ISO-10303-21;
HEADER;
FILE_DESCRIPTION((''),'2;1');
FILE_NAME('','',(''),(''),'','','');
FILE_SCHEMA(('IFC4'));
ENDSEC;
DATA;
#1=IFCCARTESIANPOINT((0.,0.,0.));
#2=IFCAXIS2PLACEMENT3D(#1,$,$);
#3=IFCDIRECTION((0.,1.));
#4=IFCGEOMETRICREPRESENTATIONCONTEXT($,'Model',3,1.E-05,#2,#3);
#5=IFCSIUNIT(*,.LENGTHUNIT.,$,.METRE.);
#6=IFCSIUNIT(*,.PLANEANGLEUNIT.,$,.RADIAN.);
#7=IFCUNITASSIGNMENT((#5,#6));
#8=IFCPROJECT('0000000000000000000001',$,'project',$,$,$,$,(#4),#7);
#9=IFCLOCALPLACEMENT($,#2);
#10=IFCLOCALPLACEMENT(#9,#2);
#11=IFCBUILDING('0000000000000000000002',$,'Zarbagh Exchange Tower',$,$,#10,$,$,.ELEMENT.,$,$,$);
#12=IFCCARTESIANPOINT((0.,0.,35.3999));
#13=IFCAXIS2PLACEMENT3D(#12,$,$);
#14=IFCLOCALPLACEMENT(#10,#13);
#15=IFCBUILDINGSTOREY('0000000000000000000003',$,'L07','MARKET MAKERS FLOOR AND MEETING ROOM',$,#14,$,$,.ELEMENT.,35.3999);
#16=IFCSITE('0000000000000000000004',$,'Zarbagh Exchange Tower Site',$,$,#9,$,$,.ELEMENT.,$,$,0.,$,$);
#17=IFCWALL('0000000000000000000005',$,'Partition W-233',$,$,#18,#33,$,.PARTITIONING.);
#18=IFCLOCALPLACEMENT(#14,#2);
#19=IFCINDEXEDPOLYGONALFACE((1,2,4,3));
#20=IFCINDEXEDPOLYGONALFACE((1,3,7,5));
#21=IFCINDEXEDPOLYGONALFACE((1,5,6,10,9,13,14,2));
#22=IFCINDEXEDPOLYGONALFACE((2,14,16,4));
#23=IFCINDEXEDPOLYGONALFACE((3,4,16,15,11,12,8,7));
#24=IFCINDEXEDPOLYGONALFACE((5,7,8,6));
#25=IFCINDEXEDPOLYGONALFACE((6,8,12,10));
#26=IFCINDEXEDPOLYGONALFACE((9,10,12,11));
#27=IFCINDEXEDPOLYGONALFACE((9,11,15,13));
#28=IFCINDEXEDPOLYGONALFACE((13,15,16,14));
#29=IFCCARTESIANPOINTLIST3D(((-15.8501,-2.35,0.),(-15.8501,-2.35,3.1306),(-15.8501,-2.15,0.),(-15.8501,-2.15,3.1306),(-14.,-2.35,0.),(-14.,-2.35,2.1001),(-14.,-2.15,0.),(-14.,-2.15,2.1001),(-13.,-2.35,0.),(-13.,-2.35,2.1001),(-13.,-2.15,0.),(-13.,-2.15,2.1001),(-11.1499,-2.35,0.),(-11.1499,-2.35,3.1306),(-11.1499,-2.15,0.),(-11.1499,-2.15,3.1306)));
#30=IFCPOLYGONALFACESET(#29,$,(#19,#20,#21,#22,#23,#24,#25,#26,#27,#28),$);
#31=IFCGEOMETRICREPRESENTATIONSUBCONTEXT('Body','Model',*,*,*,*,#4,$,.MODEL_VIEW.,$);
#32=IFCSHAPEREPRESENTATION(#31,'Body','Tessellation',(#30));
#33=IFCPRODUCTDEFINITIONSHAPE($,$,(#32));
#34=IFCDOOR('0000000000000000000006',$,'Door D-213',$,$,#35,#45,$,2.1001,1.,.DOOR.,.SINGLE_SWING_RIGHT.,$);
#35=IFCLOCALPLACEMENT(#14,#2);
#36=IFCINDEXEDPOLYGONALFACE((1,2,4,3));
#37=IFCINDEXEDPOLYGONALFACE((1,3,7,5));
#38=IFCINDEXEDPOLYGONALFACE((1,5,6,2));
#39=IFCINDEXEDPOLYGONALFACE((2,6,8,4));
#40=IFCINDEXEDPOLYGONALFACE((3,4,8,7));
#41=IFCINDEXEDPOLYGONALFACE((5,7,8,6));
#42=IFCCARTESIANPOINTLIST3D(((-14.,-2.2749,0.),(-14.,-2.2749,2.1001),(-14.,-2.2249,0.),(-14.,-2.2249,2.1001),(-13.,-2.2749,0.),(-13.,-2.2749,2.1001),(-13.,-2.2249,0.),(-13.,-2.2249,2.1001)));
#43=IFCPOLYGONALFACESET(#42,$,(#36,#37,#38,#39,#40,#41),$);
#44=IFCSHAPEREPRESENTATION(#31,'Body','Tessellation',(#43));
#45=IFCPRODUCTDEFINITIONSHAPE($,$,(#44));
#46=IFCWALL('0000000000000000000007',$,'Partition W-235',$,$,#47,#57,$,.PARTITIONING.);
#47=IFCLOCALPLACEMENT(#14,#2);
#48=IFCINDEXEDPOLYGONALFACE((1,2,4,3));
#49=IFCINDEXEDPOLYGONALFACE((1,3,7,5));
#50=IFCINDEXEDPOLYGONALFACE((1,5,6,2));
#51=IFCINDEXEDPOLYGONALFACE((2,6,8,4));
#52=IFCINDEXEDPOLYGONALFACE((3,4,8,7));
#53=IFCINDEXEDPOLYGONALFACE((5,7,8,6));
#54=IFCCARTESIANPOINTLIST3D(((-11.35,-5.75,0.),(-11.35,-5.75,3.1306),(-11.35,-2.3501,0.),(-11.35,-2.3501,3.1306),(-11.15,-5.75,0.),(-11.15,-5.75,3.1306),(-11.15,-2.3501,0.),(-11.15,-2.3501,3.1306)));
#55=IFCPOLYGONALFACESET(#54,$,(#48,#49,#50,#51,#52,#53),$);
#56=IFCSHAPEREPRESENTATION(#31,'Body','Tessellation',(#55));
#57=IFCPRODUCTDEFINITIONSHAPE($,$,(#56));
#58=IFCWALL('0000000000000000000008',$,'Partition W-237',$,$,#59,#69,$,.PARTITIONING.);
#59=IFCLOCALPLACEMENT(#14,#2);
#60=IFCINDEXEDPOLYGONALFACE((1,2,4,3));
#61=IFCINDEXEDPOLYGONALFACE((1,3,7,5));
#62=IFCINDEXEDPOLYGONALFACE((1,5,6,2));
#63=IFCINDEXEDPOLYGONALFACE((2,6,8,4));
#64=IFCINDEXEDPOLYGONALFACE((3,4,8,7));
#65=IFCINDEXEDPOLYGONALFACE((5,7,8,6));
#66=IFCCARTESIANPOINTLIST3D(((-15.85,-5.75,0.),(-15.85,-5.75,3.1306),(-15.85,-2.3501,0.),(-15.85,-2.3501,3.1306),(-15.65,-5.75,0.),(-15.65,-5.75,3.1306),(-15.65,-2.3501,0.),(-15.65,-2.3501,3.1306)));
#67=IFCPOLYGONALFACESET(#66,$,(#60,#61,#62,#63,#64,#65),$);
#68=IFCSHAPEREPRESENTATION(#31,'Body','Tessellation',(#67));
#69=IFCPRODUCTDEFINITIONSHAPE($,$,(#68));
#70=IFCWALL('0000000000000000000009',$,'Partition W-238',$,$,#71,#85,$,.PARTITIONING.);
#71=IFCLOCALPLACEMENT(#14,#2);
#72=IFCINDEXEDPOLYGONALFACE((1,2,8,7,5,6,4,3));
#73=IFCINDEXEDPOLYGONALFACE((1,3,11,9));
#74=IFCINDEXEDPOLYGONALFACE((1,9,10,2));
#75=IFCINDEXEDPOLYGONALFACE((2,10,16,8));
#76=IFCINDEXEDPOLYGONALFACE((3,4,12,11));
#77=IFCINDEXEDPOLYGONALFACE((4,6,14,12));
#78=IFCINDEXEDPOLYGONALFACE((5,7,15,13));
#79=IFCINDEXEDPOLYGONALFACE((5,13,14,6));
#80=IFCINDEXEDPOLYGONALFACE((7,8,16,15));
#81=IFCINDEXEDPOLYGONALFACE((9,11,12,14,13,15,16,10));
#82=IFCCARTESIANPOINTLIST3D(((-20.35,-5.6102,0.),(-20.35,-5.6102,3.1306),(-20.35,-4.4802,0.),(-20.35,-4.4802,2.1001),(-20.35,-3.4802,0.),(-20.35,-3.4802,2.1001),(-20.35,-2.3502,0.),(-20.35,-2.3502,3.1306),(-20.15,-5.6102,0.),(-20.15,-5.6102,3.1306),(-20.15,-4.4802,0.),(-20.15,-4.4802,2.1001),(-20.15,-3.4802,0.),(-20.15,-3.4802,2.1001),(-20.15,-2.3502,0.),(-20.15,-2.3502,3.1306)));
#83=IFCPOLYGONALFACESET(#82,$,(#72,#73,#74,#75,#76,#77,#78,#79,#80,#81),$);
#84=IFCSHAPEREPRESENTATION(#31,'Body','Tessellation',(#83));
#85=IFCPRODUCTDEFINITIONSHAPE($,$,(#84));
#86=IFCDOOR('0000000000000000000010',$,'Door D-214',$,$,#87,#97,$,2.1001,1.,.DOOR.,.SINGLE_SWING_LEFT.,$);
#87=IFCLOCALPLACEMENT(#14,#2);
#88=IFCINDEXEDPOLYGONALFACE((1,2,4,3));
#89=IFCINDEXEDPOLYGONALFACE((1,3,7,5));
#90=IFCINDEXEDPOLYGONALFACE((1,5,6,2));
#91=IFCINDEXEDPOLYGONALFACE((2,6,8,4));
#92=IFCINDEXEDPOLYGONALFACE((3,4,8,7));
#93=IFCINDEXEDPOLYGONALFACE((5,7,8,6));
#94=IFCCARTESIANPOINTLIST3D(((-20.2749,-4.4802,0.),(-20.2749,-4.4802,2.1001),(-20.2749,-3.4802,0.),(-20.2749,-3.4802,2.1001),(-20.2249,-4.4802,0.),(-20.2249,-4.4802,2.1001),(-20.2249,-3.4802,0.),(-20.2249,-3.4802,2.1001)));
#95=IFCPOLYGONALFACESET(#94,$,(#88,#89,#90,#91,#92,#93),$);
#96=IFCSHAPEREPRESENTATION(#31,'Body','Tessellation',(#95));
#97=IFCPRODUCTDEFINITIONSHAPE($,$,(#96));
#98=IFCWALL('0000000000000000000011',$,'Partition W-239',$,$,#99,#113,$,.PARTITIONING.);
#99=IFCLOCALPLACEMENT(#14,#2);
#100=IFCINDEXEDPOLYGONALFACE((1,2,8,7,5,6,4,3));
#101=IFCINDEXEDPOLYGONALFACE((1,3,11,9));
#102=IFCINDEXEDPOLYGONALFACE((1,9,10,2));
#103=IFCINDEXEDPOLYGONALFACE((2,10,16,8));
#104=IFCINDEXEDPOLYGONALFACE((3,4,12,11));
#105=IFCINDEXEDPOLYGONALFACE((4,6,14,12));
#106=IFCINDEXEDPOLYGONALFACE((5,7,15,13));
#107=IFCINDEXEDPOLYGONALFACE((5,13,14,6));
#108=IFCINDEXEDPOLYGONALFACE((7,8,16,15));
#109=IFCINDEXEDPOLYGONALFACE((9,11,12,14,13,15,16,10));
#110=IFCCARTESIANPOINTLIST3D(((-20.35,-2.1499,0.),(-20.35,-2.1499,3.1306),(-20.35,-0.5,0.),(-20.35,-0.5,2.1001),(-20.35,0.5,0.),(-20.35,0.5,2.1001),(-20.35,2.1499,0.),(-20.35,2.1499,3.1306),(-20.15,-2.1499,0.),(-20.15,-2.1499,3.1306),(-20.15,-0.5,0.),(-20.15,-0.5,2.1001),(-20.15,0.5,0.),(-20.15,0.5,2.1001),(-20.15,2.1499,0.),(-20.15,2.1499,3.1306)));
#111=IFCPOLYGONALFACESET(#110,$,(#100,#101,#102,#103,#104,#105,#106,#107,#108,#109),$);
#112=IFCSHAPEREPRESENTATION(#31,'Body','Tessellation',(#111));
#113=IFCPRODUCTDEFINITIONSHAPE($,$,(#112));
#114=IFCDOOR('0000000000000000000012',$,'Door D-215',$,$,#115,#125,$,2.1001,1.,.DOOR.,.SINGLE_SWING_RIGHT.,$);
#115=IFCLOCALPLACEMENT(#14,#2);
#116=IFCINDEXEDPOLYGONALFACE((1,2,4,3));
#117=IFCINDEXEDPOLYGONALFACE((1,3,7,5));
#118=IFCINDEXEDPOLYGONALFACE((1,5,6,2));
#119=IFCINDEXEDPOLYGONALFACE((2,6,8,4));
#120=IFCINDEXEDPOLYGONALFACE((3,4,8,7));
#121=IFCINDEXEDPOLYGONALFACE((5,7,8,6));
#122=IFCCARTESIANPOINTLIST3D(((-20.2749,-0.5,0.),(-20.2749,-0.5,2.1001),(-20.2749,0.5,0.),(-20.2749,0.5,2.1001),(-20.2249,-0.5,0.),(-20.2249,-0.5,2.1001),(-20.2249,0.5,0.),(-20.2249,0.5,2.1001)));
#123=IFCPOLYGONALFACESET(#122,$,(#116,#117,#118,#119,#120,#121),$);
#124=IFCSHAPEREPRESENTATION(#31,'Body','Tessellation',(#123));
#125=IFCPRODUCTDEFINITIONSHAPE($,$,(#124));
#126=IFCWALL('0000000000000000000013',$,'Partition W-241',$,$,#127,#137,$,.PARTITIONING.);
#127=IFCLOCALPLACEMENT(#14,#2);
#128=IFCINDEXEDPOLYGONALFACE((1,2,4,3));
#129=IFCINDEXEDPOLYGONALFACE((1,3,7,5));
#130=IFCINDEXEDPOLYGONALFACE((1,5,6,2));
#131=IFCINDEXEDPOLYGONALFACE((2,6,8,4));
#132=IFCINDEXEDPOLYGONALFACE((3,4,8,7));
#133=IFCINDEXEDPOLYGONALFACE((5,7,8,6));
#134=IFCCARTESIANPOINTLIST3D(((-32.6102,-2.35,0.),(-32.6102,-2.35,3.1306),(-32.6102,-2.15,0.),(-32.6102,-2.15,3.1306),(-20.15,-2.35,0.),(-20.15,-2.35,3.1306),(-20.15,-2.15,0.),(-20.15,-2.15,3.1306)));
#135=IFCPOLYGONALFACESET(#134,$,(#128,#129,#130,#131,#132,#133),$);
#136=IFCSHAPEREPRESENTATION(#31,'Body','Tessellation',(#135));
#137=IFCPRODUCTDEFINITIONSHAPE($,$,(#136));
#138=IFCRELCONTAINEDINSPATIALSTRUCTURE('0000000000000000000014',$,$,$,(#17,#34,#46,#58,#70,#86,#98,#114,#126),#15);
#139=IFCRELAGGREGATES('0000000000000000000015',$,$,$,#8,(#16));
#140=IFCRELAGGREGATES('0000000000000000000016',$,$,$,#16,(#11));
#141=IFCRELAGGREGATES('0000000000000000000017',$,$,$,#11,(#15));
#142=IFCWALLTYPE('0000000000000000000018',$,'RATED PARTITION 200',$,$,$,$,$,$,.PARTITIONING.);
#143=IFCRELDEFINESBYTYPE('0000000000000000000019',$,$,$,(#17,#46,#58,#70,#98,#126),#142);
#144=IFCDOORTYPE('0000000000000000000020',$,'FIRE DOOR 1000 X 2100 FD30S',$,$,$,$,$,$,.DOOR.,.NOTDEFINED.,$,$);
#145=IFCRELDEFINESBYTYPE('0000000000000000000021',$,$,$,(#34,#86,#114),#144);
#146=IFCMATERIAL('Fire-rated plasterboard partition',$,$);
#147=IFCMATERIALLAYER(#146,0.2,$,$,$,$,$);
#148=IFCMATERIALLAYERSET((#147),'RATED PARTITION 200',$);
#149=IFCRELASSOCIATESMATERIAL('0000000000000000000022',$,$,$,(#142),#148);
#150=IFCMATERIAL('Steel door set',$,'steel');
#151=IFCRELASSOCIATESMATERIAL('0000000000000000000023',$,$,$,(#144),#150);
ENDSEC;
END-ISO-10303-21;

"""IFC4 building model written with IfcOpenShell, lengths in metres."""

from ifc_helpers import new_model, si_unit, direction, frame, frame_2d, origin, place, context, subcontext, project, spatial, rectangle, extrude, material, layer, layer_set, type_object, element, fill, save


model = new_model("IFC4")

# Units and contexts
model_context = context("Model", 3, precision=1e-05, world=origin(), true_north=direction((0.0, 1.0)))
body_context = subcontext(model_context, "Body", "Model", "MODEL_VIEW")
ifc_project = project(units=[si_unit("LENGTHUNIT", "METRE"), si_unit("PLANEANGLEUNIT", "RADIAN")], contexts=[model_context])

# Site, building, storey
site_placement = place(None, origin())
site = spatial("IfcSite", under=ifc_project, at=site_placement, Name="Zarbagh Exchange Tower Site", CompositionType="ELEMENT", RefElevation=0.0)
building_placement = place(site_placement, origin())
building = spatial("IfcBuilding", under=site, at=building_placement, Name="Zarbagh Exchange Tower", CompositionType="ELEMENT")
storey_placement = place(building_placement, frame((0.0, 0.0, 35.3999)))
storey = spatial("IfcBuildingStorey", under=building, at=storey_placement, Name="L07", Description="MARKET MAKERS FLOOR AND MEETING ROOM", CompositionType="ELEMENT", Elevation=35.3999)

# Shared definitions
ifc_material_1 = material(Name="Fire-rated plasterboard partition")
ifc_layer = layer(ifc_material_1, 0.2)
ifc_layer_set = layer_set([ifc_layer], Name="RATED PARTITION 200")
wall_type = type_object("IfcWallType", Name="RATED PARTITION 200", PredefinedType="PARTITIONING", material=ifc_layer_set)

# Wall, opening, door
ifc_material_2 = material(Name="Steel door set", Category="steel")
door_type = type_object("IfcDoorType", Name="FIRE DOOR 1000 X 2100 FD30S", OperationType="NOTDEFINED", PredefinedType="DOOR", material=ifc_material_2)
wall_1_placement = place(storey_placement, frame((-11.1499, -2.25, 0.0), z_axis=(0.0, 0.0, 1.0), x_axis=(-1.0, 0.0, 0.0)))
wall_1 = element("IfcWall", 1, at=wall_1_placement, inside=storey, type_object=wall_type, Name="Partition W-233", PredefinedType="PARTITIONING", context=body_context, shape_type="SweptSolid", body=[
    extrude(rectangle(XDim=4.7002, YDim=0.2, at=frame_2d((2.3501, 0.0))), origin(), (0.0, 0.0, 1.0), 3.1306),
])
opening_1_placement = place(wall_1_placement, frame((1.8501, 0.0, 0.0)))
opening_1 = element("IfcOpeningElement", 2, at=opening_1_placement, cuts=wall_1, PredefinedType="OPENING", context=body_context, shape_type="SweptSolid", body=[
    extrude(rectangle(XDim=1.0, YDim=2.1001, at=frame_2d((0.5, 1.05))), frame((0.0, 0.1099, 0.0), z_axis=(0.0, -1.0, 0.0), x_axis=(1.0, 0.0, 0.0)), (0.0, 0.0, 1.0), 0.22),
])
door_1_placement = place(opening_1_placement, origin())
door_1 = element("IfcDoor", 3, at=door_1_placement, inside=storey, type_object=door_type, Name="Door D-213", OperationType="SINGLE_SWING_RIGHT", OverallHeight=2.1001, OverallWidth=1.0, PredefinedType="DOOR", context=body_context, shape_type="SweptSolid", body=[
    extrude(rectangle(XDim=1.0, YDim=2.1001, at=frame_2d((0.5, 1.05))), frame((0.0, 0.0249, 0.0), z_axis=(0.0, -1.0, 0.0), x_axis=(1.0, 0.0, 0.0)), (0.0, 0.0, 1.0), 0.05),
])
fill(opening_1, door_1)

# Walls
for number, where, z_axis, x_axis, name in (
    (4, (-11.25, -5.75, 0.0), (0.0, 0.0, 1.0), (0.0, 1.0, 0.0), "Partition W-235"),
    (5, (-15.75, -5.75, 0.0), (0.0, 0.0, 1.0), (0.0, 1.0, 0.0), "Partition W-237"),
):
    element("IfcWall", number, at=place(storey_placement, frame(where, z_axis=z_axis, x_axis=x_axis)), inside=storey, type_object=wall_type, Name=name, PredefinedType="PARTITIONING", context=body_context, shape_type="SweptSolid", body=[
        extrude(rectangle(XDim=3.3999, YDim=0.2, at=frame_2d((1.7, 0.0))), origin(), (0.0, 0.0, 1.0), 3.1306),
    ])

# Walls, openings, doors
wall_2_placement = place(storey_placement, frame((-20.25, -5.6101, 0.0), z_axis=(0.0, 0.0, 1.0), x_axis=(0.0, 1.0, 0.0)))
wall_2 = element("IfcWall", 6, at=wall_2_placement, inside=storey, type_object=wall_type, Name="Partition W-238", PredefinedType="PARTITIONING", context=body_context, shape_type="SweptSolid", body=[
    extrude(rectangle(XDim=3.26, YDim=0.2, at=frame_2d((1.6299, 0.0))), origin(), (0.0, 0.0, 1.0), 3.1306),
])
opening_2_placement = place(wall_2_placement, frame((1.1299, 0.0, 0.0)))
opening_2 = element("IfcOpeningElement", 7, at=opening_2_placement, cuts=wall_2, PredefinedType="OPENING", context=body_context, shape_type="SweptSolid", body=[
    extrude(rectangle(XDim=1.0, YDim=2.1001, at=frame_2d((0.5, 1.05))), frame((0.0, 0.1099, 0.0), z_axis=(0.0, -1.0, 0.0), x_axis=(1.0, 0.0, 0.0)), (0.0, 0.0, 1.0), 0.22),
])
door_2_placement = place(opening_2_placement, origin())
door_2 = element("IfcDoor", 8, at=door_2_placement, inside=storey, type_object=door_type, Name="Door D-214", OperationType="SINGLE_SWING_LEFT", OverallHeight=2.1001, OverallWidth=1.0, PredefinedType="DOOR", context=body_context, shape_type="SweptSolid", body=[
    extrude(rectangle(XDim=1.0, YDim=2.1001, at=frame_2d((0.5, 1.05))), frame((0.0, 0.0249, 0.0), z_axis=(0.0, -1.0, 0.0), x_axis=(1.0, 0.0, 0.0)), (0.0, 0.0, 1.0), 0.05),
])
fill(opening_2, door_2)
wall_3_placement = place(storey_placement, frame((-20.25, -2.1499, 0.0), z_axis=(0.0, 0.0, 1.0), x_axis=(0.0, 1.0, 0.0)))
wall_3 = element("IfcWall", 9, at=wall_3_placement, inside=storey, type_object=wall_type, Name="Partition W-239", PredefinedType="PARTITIONING", context=body_context, shape_type="SweptSolid", body=[
    extrude(rectangle(XDim=4.2998, YDim=0.2, at=frame_2d((2.1499, 0.0))), origin(), (0.0, 0.0, 1.0), 3.1306),
])
opening_3_placement = place(wall_3_placement, frame((1.6499, 0.0, 0.0)))
opening_3 = element("IfcOpeningElement", 10, at=opening_3_placement, cuts=wall_3, PredefinedType="OPENING", context=body_context, shape_type="SweptSolid", body=[
    extrude(rectangle(XDim=1.0, YDim=2.1001, at=frame_2d((0.5, 1.05))), frame((0.0, 0.1099, 0.0), z_axis=(0.0, -1.0, 0.0), x_axis=(1.0, 0.0, 0.0)), (0.0, 0.0, 1.0), 0.22),
])
door_3_placement = place(opening_3_placement, origin())
door_3 = element("IfcDoor", 11, at=door_3_placement, inside=storey, type_object=door_type, Name="Door D-215", OperationType="SINGLE_SWING_RIGHT", OverallHeight=2.1001, OverallWidth=1.0, PredefinedType="DOOR", context=body_context, shape_type="SweptSolid", body=[
    extrude(rectangle(XDim=1.0, YDim=2.1001, at=frame_2d((0.5, 1.05))), frame((0.0, 0.0249, 0.0), z_axis=(0.0, -1.0, 0.0), x_axis=(1.0, 0.0, 0.0)), (0.0, 0.0, 1.0), 0.05),
])
fill(opening_3, door_3)

# Wall
wall_4_placement = place(storey_placement, frame((-32.6101, -2.25, 0.0), z_axis=(0.0, 0.0, 1.0), x_axis=(1.0, 0.0, 0.0)))
element("IfcWall", 12, at=wall_4_placement, inside=storey, type_object=wall_type, Name="Partition W-241", PredefinedType="PARTITIONING", context=body_context, shape_type="SweptSolid", body=[
    extrude(rectangle(XDim=12.4602, YDim=0.2, at=frame_2d((6.23, 0.0))), origin(), (0.0, 0.0, 1.0), 3.1306),
])

save(model, "model.ifc")
